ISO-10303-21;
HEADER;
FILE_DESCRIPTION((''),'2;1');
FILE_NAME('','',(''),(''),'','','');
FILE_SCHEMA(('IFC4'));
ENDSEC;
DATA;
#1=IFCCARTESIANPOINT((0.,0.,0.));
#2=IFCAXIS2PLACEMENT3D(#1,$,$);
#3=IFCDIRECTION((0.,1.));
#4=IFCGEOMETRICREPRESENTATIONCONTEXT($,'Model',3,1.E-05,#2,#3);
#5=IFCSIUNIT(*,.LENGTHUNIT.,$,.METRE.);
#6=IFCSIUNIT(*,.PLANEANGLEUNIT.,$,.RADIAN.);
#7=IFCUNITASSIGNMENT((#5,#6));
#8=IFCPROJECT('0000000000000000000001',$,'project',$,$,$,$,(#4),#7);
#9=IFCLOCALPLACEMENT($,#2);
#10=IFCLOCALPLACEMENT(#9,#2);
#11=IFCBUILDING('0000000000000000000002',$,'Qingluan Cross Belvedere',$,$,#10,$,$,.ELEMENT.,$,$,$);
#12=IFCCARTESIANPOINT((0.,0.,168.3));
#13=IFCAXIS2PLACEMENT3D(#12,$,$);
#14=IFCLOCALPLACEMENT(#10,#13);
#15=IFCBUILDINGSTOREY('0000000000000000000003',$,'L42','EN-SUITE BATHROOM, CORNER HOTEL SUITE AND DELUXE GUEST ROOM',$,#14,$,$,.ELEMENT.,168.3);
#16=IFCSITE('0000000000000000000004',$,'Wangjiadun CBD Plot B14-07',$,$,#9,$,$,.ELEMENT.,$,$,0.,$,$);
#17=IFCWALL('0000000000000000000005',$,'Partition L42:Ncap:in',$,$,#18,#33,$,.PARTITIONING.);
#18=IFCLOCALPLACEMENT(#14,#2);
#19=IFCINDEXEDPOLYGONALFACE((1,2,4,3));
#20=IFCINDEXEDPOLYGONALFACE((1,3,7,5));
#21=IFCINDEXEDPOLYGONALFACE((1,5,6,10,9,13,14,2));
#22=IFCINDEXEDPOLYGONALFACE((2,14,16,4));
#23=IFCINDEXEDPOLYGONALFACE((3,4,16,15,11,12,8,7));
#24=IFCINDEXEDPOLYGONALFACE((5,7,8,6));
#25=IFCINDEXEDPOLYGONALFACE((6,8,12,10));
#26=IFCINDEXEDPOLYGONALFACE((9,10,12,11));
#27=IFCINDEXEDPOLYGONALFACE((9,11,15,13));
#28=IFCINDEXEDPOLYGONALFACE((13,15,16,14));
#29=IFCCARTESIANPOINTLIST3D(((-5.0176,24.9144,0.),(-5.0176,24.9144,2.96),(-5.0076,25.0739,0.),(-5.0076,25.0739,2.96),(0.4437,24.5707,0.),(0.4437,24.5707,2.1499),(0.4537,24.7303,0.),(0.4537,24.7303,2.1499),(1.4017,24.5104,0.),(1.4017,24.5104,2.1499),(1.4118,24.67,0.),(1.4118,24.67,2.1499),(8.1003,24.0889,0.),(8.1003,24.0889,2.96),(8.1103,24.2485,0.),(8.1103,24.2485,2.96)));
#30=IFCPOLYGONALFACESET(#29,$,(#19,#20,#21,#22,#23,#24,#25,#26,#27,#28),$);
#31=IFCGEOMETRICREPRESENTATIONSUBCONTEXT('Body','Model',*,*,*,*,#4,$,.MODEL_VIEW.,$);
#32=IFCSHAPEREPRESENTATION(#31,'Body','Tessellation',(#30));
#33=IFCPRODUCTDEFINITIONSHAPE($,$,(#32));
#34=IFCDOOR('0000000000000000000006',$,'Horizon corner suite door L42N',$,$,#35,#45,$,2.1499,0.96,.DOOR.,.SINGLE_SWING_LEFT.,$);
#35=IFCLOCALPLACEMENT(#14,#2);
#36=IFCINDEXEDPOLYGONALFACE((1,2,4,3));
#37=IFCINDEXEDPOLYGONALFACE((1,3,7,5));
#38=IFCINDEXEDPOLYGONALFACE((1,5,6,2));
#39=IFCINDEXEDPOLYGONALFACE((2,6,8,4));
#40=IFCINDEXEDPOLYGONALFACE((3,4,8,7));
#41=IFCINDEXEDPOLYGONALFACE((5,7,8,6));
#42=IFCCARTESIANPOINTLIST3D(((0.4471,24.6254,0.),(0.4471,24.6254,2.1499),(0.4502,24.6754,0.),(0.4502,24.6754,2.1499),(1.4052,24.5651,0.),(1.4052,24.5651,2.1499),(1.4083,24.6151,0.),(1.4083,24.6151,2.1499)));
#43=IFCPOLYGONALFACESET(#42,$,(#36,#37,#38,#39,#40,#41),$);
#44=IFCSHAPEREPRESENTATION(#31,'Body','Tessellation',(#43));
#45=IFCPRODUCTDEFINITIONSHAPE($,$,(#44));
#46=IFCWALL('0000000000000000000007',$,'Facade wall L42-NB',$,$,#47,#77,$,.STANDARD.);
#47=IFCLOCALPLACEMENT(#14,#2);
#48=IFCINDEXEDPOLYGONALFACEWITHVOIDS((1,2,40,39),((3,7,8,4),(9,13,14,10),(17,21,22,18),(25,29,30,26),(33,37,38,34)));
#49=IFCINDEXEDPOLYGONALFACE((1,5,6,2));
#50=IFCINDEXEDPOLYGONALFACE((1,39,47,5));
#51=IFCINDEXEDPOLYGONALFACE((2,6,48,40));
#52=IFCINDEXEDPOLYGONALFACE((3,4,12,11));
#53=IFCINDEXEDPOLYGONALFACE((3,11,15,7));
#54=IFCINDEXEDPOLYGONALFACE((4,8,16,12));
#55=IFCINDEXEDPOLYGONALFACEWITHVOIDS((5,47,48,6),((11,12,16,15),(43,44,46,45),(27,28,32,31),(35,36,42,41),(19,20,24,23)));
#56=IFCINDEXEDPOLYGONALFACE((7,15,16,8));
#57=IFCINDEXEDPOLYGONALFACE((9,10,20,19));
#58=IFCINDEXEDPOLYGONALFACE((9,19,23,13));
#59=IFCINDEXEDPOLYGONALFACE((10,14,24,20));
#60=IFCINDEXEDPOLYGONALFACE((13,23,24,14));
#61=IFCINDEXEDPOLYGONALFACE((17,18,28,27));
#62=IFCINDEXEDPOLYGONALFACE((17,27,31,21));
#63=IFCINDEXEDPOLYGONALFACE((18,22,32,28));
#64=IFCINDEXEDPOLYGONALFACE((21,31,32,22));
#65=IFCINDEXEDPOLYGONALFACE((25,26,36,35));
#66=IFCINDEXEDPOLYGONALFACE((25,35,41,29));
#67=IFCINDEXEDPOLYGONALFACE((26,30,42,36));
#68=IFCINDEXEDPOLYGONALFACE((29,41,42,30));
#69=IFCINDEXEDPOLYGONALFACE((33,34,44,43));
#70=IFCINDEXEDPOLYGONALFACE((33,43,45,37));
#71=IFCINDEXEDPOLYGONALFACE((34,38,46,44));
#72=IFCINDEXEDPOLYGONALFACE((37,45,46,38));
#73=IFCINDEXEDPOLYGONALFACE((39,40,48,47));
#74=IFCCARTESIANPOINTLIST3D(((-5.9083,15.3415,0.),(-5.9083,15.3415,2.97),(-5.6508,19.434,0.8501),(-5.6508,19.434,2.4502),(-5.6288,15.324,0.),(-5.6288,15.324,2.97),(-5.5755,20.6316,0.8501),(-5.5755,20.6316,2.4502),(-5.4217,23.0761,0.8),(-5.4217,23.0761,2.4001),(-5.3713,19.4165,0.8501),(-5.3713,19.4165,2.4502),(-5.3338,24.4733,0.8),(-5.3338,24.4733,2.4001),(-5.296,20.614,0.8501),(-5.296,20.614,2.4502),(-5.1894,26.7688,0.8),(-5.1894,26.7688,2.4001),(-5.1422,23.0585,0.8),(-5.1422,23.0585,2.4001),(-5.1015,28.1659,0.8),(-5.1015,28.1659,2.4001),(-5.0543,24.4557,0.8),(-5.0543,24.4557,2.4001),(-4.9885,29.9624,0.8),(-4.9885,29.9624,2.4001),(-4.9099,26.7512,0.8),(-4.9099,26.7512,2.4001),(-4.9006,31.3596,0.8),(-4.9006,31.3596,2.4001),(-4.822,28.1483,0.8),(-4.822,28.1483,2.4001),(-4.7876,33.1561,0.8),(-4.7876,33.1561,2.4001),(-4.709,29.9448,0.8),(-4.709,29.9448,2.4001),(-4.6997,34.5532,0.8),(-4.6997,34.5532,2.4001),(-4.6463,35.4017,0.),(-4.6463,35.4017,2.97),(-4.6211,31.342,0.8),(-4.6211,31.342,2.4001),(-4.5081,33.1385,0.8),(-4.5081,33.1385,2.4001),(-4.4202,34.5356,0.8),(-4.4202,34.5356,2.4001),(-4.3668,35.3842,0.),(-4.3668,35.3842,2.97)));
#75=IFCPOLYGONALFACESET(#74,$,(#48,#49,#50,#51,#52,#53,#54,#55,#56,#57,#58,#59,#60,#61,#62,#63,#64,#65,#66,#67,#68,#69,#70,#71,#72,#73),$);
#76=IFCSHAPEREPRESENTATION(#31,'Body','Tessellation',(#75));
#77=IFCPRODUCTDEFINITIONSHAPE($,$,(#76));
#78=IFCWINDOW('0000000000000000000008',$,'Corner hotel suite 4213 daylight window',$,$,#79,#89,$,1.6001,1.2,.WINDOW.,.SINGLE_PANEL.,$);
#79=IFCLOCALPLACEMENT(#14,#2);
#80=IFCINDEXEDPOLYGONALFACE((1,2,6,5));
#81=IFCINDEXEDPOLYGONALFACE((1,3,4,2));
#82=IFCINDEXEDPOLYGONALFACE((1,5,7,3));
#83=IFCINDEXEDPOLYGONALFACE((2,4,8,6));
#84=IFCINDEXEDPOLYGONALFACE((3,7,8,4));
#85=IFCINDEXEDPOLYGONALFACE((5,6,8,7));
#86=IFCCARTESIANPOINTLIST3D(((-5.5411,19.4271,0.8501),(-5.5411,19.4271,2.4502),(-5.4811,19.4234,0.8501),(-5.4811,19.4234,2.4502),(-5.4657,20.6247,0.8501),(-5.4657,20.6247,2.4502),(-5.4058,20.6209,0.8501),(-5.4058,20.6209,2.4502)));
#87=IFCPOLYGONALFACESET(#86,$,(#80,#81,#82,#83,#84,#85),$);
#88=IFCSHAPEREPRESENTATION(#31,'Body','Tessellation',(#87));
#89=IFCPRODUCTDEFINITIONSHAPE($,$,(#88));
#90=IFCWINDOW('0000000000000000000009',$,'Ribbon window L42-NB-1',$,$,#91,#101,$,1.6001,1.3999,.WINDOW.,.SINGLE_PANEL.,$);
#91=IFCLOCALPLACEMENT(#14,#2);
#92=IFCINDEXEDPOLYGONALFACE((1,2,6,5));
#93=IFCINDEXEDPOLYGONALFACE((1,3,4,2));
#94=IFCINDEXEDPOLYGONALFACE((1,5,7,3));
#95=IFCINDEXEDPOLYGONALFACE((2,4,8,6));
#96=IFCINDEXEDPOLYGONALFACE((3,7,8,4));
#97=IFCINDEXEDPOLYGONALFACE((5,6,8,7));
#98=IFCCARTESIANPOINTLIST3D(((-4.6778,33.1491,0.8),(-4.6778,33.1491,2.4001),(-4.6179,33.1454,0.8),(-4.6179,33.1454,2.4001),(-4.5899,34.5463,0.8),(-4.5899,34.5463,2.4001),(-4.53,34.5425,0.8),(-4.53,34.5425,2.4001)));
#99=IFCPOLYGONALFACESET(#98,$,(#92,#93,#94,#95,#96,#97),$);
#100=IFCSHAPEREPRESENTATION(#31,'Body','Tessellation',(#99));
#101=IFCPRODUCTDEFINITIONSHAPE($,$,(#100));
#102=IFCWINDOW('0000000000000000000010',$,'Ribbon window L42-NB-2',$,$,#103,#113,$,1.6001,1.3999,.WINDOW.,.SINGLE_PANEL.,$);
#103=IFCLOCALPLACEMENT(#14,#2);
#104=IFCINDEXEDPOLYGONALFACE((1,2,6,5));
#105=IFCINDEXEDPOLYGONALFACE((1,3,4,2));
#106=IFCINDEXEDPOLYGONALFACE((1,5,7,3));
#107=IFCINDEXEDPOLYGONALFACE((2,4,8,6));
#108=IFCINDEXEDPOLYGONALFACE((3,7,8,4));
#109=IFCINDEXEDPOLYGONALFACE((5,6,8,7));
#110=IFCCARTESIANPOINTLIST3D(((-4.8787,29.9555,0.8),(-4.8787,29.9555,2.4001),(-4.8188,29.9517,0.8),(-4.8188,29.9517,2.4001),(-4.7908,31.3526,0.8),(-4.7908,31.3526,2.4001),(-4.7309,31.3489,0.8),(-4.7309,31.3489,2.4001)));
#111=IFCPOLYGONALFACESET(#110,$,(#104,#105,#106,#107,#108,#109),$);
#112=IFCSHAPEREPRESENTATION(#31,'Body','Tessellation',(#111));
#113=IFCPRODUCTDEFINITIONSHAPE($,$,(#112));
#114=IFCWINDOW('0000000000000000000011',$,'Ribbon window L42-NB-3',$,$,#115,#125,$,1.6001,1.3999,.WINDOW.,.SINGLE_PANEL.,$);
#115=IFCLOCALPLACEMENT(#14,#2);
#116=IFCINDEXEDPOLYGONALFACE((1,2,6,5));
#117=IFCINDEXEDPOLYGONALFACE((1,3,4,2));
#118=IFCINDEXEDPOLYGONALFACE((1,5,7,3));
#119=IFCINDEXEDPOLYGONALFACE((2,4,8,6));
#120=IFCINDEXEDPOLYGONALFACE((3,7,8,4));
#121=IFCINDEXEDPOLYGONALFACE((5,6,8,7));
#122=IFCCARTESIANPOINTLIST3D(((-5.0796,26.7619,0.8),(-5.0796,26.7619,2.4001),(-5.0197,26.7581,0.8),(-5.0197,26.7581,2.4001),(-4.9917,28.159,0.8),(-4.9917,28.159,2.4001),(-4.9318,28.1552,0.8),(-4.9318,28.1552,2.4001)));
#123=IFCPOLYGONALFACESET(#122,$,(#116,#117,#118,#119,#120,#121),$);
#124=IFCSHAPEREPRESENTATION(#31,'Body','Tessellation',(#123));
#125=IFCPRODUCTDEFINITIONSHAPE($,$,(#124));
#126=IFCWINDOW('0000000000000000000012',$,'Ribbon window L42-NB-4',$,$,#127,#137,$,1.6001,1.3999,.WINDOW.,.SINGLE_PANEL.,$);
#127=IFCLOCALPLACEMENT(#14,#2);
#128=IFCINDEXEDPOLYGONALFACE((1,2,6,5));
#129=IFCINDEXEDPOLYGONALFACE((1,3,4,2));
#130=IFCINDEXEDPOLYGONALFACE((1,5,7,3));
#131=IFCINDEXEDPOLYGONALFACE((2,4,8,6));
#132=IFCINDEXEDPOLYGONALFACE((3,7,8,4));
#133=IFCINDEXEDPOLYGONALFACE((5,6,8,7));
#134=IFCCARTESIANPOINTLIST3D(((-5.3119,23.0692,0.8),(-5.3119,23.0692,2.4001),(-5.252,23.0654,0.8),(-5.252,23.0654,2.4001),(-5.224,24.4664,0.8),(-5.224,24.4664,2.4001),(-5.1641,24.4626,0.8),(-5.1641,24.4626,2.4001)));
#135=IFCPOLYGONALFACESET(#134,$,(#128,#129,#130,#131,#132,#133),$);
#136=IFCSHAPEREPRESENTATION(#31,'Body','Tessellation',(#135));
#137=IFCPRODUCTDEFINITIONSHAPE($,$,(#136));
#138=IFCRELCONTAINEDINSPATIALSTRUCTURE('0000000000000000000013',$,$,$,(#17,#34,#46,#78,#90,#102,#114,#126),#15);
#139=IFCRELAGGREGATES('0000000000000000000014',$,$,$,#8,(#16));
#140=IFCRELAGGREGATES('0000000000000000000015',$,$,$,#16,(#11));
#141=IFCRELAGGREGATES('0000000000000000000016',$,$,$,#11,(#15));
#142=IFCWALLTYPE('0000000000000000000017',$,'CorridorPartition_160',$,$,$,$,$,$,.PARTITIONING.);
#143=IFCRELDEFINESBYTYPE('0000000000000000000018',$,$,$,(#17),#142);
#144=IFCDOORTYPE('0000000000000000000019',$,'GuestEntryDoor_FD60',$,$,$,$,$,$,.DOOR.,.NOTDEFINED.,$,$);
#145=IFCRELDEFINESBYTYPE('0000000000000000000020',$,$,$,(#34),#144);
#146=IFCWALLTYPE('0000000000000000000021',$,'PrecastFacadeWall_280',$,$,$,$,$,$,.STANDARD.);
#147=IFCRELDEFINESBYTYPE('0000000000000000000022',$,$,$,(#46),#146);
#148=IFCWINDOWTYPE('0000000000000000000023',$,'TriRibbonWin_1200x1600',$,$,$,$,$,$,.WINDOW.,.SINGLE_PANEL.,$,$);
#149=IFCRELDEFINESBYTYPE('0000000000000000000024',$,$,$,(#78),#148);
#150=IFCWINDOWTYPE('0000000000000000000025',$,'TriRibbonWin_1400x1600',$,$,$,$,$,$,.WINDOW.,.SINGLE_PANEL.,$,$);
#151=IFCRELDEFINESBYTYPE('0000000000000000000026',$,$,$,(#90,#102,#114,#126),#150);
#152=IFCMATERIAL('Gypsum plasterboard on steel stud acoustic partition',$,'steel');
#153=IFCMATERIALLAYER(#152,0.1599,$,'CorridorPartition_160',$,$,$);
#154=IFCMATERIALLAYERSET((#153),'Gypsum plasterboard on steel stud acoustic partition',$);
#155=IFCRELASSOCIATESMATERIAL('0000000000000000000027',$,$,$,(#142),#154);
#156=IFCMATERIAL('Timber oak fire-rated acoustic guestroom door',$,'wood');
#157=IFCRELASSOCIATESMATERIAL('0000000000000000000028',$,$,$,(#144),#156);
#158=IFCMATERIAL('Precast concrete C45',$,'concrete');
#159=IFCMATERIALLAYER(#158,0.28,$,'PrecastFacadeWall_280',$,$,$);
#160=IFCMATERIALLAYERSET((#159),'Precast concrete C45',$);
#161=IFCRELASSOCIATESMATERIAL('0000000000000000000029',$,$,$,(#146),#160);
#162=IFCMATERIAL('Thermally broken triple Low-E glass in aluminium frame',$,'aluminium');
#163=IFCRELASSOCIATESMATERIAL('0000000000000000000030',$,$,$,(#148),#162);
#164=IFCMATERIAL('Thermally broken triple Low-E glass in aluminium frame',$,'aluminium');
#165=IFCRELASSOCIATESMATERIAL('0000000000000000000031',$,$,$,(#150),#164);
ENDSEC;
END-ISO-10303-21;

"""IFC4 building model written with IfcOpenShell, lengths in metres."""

from ifc_helpers import new_model, si_unit, direction, frame, frame_2d, origin, place, context, subcontext, project, spatial, rectangle, extrude, material, layer, layer_set, type_object, element, fill, save


model = new_model("IFC4")

# Units and contexts
model_context = context("Model", 3, precision=1e-05, world=origin(), true_north=direction((0.0, 1.0)))
body_context = subcontext(model_context, "Body", "Model", "MODEL_VIEW")
ifc_project = project(units=[si_unit("LENGTHUNIT", "METRE"), si_unit("PLANEANGLEUNIT", "RADIAN")], contexts=[model_context])

# Site, building, storey
site_placement = place(None, origin())
site = spatial("IfcSite", under=ifc_project, at=site_placement, Name="Wangjiadun CBD Plot B14-07", CompositionType="ELEMENT", RefElevation=0.0)
building_placement = place(site_placement, origin())
building = spatial("IfcBuilding", under=site, at=building_placement, Name="Qingluan Cross Belvedere", CompositionType="ELEMENT")
storey_placement = place(building_placement, frame((0.0, 0.0, 168.3)))
storey = spatial("IfcBuildingStorey", under=building, at=storey_placement, Name="L42", Description="EN-SUITE BATHROOM, CORNER HOTEL SUITE AND DELUXE GUEST ROOM", CompositionType="ELEMENT", Elevation=168.3)

# Shared definitions
ifc_material_1 = material(Name="Gypsum plasterboard on steel stud acoustic partition", Category="steel")
ifc_layer_1 = layer(ifc_material_1, 0.1599, Name="CorridorPartition_160")
ifc_layer_set_1 = layer_set([ifc_layer_1], Name="Gypsum plasterboard on steel stud acoustic partition")
wall_type_1 = type_object("IfcWallType", Name="CorridorPartition_160", PredefinedType="PARTITIONING", material=ifc_layer_set_1)

# Wall, opening, door
wall_1_placement = place(storey_placement, frame((-5.0125, 24.9941, 0.0), z_axis=(0.0, 0.0, 1.0), x_axis=(0.998026, -0.0628, 0.0)))
wall_1 = element("IfcWall", 1, at=wall_1_placement, inside=storey, type_object=wall_type_1, Name="Partition L42:Ncap:in", PredefinedType="PARTITIONING", context=body_context, shape_type="SweptSolid", body=[
    extrude(rectangle(XDim=13.1438, YDim=0.1599, at=frame_2d((6.5718, 0.0))), origin(), (0.0, 0.0, 1.0), 2.96),
])
opening_1_placement = place(wall_1_placement, frame((5.4719, 0.0, 0.0)))
opening_1 = element("IfcOpeningElement", 2, at=opening_1_placement, cuts=wall_1, PredefinedType="OPENING", context=body_context, shape_type="SweptSolid", body=[
    extrude(rectangle(XDim=0.96, YDim=2.1499, at=frame_2d((0.48, 1.075))), frame((0.0, 0.0898, 0.0), z_axis=(0.0, -1.0, 0.0), x_axis=(1.0, 0.0, 0.0)), (0.0, 0.0, 1.0), 0.1799),
])
ifc_material_2 = material(Name="Timber oak fire-rated acoustic guestroom door", Category="wood")
door_type_1 = type_object("IfcDoorType", Name="GuestEntryDoor_FD60", OperationType="NOTDEFINED", PredefinedType="DOOR", material=ifc_material_2)
door_1_placement = place(opening_1_placement, origin())
door_1 = element("IfcDoor", 3, at=door_1_placement, inside=storey, type_object=door_type_1, Name="Horizon corner suite door L42N", OperationType="SINGLE_SWING_LEFT", OverallHeight=2.1499, OverallWidth=0.96, PredefinedType="DOOR", context=body_context, shape_type="SweptSolid", body=[
    extrude(rectangle(XDim=0.96, YDim=2.1499, at=frame_2d((0.48, 1.075))), frame((0.0, 0.0249, 0.0), z_axis=(0.0, -1.0, 0.0), x_axis=(1.0, 0.0, 0.0)), (0.0, 0.0, 1.0), 0.05),
])
fill(opening_1, door_1)

# Wall, openings, windows
ifc_material_3 = material(Name="Precast concrete C45", Category="concrete")
ifc_layer_2 = layer(ifc_material_3, 0.28, Name="PrecastFacadeWall_280")
ifc_layer_set_2 = layer_set([ifc_layer_2], Name="Precast concrete C45")
wall_type_2 = type_object("IfcWallType", Name="PrecastFacadeWall_280", PredefinedType="STANDARD", material=ifc_layer_set_2)
wall_2_placement = place(storey_placement, frame((-4.5066, 35.3928, 0.0), z_axis=(0.0, 0.0, 1.0), x_axis=(-0.062784, -0.998027, 0.0)))
wall_2 = element("IfcWall", 4, at=wall_2_placement, inside=storey, type_object=wall_type_2, Name="Facade wall L42-NB", PredefinedType="STANDARD", context=body_context, shape_type="SweptSolid", body=[
    extrude(rectangle(XDim=20.0999, YDim=0.28, at=frame_2d((10.0498, 0.0))), origin(), (0.0, 0.0, 1.0), 2.97),
])
opening_2_placement = place(wall_2_placement, frame((0.8501, 0.0, 0.8)))
opening_2 = element("IfcOpeningElement", 5, at=opening_2_placement, cuts=wall_2, PredefinedType="OPENING", context=body_context, shape_type="SweptSolid", body=[
    extrude(rectangle(XDim=1.3999, YDim=1.6001, at=frame_2d((0.7, 0.8))), frame((0.0, 0.1499, 0.0), z_axis=(0.0, -1.0, 0.0), x_axis=(1.0, 0.0, 0.0)), (0.0, 0.0, 1.0), 0.3),
])
opening_3_placement = place(wall_2_placement, frame((4.05, 0.0, 0.8)))
opening_3 = element("IfcOpeningElement", 6, at=opening_3_placement, cuts=wall_2, PredefinedType="OPENING", context=body_context, shape_type="SweptSolid", body=[
    extrude(rectangle(XDim=1.3999, YDim=1.6001, at=frame_2d((0.7, 0.8))), frame((0.0, 0.1499, 0.0), z_axis=(0.0, -1.0, 0.0), x_axis=(1.0, 0.0, 0.0)), (0.0, 0.0, 1.0), 0.3),
])
opening_4_placement = place(wall_2_placement, frame((7.25, 0.0, 0.8)))
opening_4 = element("IfcOpeningElement", 7, at=opening_4_placement, cuts=wall_2, PredefinedType="OPENING", context=body_context, shape_type="SweptSolid", body=[
    extrude(rectangle(XDim=1.3999, YDim=1.6001, at=frame_2d((0.7, 0.8))), frame((0.0, 0.1499, 0.0), z_axis=(0.0, -1.0, 0.0), x_axis=(1.0, 0.0, 0.0)), (0.0, 0.0, 1.0), 0.3),
])
opening_5_placement = place(wall_2_placement, frame((10.95, 0.0, 0.8)))
opening_5 = element("IfcOpeningElement", 8, at=opening_5_placement, cuts=wall_2, PredefinedType="OPENING", context=body_context, shape_type="SweptSolid", body=[
    extrude(rectangle(XDim=1.3999, YDim=1.6001, at=frame_2d((0.7, 0.8))), frame((0.0, 0.1499, 0.0), z_axis=(0.0, -1.0, 0.0), x_axis=(1.0, 0.0, 0.0)), (0.0, 0.0, 1.0), 0.3),
])
opening_6_placement = place(wall_2_placement, frame((14.7991, 0.0, 0.8501)))
opening_6 = element("IfcOpeningElement", 9, at=opening_6_placement, cuts=wall_2, PredefinedType="OPENING", context=body_context, shape_type="SweptSolid", body=[
    extrude(rectangle(XDim=1.2, YDim=1.6001, at=frame_2d((0.6001, 0.8))), frame((0.0, 0.1499, 0.0), z_axis=(0.0, -1.0, 0.0), x_axis=(1.0, 0.0, 0.0)), (0.0, 0.0, 1.0), 0.3),
])
ifc_material_4 = material(Name="Thermally broken triple Low-E glass in aluminium frame", Category="aluminium")
window_type_1 = type_object("IfcWindowType", Name="TriRibbonWin_1200x1600", PartitioningType="SINGLE_PANEL", PredefinedType="WINDOW", material=ifc_material_4)
window_1_placement = place(opening_6_placement, origin())
window_1 = element("IfcWindow", 10, at=window_1_placement, inside=storey, type_object=window_type_1, Name="Corner hotel suite 4213 daylight window", OverallHeight=1.6001, OverallWidth=1.2, PartitioningType="SINGLE_PANEL", PredefinedType="WINDOW", context=body_context, shape_type="SweptSolid", body=[
    extrude(rectangle(XDim=1.2, YDim=1.6001, at=frame_2d((0.6001, 0.8))), frame((0.0, 0.03, 0.0), z_axis=(0.0, -1.0, 0.0), x_axis=(1.0, 0.0, 0.0)), (0.0, 0.0, 1.0), 0.0601),
])
fill(opening_6, window_1)
ifc_material_5 = material(Name="Thermally broken triple Low-E glass in aluminium frame", Category="aluminium")
window_type_2 = type_object("IfcWindowType", Name="TriRibbonWin_1400x1600", PartitioningType="SINGLE_PANEL", PredefinedType="WINDOW", material=ifc_material_5)
window_2_placement = place(opening_2_placement, origin())
window_2 = element("IfcWindow", 11, at=window_2_placement, inside=storey, type_object=window_type_2, Name="Ribbon window L42-NB-1", OverallHeight=1.6001, OverallWidth=1.3999, PartitioningType="SINGLE_PANEL", PredefinedType="WINDOW", context=body_context, shape_type="SweptSolid", body=[
    extrude(rectangle(XDim=1.3999, YDim=1.6001, at=frame_2d((0.7, 0.8))), frame((0.0, 0.03, 0.0), z_axis=(0.0, -1.0, 0.0), x_axis=(1.0, 0.0, 0.0)), (0.0, 0.0, 1.0), 0.0601),
])
fill(opening_2, window_2)
window_3_placement = place(opening_3_placement, origin())
window_3 = element("IfcWindow", 12, at=window_3_placement, inside=storey, type_object=window_type_2, Name="Ribbon window L42-NB-2", OverallHeight=1.6001, OverallWidth=1.3999, PartitioningType="SINGLE_PANEL", PredefinedType="WINDOW", context=body_context, shape_type="SweptSolid", body=[
    extrude(rectangle(XDim=1.3999, YDim=1.6001, at=frame_2d((0.7, 0.8))), frame((0.0, 0.03, 0.0), z_axis=(0.0, -1.0, 0.0), x_axis=(1.0, 0.0, 0.0)), (0.0, 0.0, 1.0), 0.0601),
])
fill(opening_3, window_3)
window_4_placement = place(opening_4_placement, origin())
window_4 = element("IfcWindow", 13, at=window_4_placement, inside=storey, type_object=window_type_2, Name="Ribbon window L42-NB-3", OverallHeight=1.6001, OverallWidth=1.3999, PartitioningType="SINGLE_PANEL", PredefinedType="WINDOW", context=body_context, shape_type="SweptSolid", body=[
    extrude(rectangle(XDim=1.3999, YDim=1.6001, at=frame_2d((0.7, 0.8))), frame((0.0, 0.03, 0.0), z_axis=(0.0, -1.0, 0.0), x_axis=(1.0, 0.0, 0.0)), (0.0, 0.0, 1.0), 0.0601),
])
fill(opening_4, window_4)
window_5_placement = place(opening_5_placement, origin())
window_5 = element("IfcWindow", 14, at=window_5_placement, inside=storey, type_object=window_type_2, Name="Ribbon window L42-NB-4", OverallHeight=1.6001, OverallWidth=1.3999, PartitioningType="SINGLE_PANEL", PredefinedType="WINDOW", context=body_context, shape_type="SweptSolid", body=[
    extrude(rectangle(XDim=1.3999, YDim=1.6001, at=frame_2d((0.7, 0.8))), frame((0.0, 0.03, 0.0), z_axis=(0.0, -1.0, 0.0), x_axis=(1.0, 0.0, 0.0)), (0.0, 0.0, 1.0), 0.0601),
])
fill(opening_5, window_5)

save(model, "model.ifc")
